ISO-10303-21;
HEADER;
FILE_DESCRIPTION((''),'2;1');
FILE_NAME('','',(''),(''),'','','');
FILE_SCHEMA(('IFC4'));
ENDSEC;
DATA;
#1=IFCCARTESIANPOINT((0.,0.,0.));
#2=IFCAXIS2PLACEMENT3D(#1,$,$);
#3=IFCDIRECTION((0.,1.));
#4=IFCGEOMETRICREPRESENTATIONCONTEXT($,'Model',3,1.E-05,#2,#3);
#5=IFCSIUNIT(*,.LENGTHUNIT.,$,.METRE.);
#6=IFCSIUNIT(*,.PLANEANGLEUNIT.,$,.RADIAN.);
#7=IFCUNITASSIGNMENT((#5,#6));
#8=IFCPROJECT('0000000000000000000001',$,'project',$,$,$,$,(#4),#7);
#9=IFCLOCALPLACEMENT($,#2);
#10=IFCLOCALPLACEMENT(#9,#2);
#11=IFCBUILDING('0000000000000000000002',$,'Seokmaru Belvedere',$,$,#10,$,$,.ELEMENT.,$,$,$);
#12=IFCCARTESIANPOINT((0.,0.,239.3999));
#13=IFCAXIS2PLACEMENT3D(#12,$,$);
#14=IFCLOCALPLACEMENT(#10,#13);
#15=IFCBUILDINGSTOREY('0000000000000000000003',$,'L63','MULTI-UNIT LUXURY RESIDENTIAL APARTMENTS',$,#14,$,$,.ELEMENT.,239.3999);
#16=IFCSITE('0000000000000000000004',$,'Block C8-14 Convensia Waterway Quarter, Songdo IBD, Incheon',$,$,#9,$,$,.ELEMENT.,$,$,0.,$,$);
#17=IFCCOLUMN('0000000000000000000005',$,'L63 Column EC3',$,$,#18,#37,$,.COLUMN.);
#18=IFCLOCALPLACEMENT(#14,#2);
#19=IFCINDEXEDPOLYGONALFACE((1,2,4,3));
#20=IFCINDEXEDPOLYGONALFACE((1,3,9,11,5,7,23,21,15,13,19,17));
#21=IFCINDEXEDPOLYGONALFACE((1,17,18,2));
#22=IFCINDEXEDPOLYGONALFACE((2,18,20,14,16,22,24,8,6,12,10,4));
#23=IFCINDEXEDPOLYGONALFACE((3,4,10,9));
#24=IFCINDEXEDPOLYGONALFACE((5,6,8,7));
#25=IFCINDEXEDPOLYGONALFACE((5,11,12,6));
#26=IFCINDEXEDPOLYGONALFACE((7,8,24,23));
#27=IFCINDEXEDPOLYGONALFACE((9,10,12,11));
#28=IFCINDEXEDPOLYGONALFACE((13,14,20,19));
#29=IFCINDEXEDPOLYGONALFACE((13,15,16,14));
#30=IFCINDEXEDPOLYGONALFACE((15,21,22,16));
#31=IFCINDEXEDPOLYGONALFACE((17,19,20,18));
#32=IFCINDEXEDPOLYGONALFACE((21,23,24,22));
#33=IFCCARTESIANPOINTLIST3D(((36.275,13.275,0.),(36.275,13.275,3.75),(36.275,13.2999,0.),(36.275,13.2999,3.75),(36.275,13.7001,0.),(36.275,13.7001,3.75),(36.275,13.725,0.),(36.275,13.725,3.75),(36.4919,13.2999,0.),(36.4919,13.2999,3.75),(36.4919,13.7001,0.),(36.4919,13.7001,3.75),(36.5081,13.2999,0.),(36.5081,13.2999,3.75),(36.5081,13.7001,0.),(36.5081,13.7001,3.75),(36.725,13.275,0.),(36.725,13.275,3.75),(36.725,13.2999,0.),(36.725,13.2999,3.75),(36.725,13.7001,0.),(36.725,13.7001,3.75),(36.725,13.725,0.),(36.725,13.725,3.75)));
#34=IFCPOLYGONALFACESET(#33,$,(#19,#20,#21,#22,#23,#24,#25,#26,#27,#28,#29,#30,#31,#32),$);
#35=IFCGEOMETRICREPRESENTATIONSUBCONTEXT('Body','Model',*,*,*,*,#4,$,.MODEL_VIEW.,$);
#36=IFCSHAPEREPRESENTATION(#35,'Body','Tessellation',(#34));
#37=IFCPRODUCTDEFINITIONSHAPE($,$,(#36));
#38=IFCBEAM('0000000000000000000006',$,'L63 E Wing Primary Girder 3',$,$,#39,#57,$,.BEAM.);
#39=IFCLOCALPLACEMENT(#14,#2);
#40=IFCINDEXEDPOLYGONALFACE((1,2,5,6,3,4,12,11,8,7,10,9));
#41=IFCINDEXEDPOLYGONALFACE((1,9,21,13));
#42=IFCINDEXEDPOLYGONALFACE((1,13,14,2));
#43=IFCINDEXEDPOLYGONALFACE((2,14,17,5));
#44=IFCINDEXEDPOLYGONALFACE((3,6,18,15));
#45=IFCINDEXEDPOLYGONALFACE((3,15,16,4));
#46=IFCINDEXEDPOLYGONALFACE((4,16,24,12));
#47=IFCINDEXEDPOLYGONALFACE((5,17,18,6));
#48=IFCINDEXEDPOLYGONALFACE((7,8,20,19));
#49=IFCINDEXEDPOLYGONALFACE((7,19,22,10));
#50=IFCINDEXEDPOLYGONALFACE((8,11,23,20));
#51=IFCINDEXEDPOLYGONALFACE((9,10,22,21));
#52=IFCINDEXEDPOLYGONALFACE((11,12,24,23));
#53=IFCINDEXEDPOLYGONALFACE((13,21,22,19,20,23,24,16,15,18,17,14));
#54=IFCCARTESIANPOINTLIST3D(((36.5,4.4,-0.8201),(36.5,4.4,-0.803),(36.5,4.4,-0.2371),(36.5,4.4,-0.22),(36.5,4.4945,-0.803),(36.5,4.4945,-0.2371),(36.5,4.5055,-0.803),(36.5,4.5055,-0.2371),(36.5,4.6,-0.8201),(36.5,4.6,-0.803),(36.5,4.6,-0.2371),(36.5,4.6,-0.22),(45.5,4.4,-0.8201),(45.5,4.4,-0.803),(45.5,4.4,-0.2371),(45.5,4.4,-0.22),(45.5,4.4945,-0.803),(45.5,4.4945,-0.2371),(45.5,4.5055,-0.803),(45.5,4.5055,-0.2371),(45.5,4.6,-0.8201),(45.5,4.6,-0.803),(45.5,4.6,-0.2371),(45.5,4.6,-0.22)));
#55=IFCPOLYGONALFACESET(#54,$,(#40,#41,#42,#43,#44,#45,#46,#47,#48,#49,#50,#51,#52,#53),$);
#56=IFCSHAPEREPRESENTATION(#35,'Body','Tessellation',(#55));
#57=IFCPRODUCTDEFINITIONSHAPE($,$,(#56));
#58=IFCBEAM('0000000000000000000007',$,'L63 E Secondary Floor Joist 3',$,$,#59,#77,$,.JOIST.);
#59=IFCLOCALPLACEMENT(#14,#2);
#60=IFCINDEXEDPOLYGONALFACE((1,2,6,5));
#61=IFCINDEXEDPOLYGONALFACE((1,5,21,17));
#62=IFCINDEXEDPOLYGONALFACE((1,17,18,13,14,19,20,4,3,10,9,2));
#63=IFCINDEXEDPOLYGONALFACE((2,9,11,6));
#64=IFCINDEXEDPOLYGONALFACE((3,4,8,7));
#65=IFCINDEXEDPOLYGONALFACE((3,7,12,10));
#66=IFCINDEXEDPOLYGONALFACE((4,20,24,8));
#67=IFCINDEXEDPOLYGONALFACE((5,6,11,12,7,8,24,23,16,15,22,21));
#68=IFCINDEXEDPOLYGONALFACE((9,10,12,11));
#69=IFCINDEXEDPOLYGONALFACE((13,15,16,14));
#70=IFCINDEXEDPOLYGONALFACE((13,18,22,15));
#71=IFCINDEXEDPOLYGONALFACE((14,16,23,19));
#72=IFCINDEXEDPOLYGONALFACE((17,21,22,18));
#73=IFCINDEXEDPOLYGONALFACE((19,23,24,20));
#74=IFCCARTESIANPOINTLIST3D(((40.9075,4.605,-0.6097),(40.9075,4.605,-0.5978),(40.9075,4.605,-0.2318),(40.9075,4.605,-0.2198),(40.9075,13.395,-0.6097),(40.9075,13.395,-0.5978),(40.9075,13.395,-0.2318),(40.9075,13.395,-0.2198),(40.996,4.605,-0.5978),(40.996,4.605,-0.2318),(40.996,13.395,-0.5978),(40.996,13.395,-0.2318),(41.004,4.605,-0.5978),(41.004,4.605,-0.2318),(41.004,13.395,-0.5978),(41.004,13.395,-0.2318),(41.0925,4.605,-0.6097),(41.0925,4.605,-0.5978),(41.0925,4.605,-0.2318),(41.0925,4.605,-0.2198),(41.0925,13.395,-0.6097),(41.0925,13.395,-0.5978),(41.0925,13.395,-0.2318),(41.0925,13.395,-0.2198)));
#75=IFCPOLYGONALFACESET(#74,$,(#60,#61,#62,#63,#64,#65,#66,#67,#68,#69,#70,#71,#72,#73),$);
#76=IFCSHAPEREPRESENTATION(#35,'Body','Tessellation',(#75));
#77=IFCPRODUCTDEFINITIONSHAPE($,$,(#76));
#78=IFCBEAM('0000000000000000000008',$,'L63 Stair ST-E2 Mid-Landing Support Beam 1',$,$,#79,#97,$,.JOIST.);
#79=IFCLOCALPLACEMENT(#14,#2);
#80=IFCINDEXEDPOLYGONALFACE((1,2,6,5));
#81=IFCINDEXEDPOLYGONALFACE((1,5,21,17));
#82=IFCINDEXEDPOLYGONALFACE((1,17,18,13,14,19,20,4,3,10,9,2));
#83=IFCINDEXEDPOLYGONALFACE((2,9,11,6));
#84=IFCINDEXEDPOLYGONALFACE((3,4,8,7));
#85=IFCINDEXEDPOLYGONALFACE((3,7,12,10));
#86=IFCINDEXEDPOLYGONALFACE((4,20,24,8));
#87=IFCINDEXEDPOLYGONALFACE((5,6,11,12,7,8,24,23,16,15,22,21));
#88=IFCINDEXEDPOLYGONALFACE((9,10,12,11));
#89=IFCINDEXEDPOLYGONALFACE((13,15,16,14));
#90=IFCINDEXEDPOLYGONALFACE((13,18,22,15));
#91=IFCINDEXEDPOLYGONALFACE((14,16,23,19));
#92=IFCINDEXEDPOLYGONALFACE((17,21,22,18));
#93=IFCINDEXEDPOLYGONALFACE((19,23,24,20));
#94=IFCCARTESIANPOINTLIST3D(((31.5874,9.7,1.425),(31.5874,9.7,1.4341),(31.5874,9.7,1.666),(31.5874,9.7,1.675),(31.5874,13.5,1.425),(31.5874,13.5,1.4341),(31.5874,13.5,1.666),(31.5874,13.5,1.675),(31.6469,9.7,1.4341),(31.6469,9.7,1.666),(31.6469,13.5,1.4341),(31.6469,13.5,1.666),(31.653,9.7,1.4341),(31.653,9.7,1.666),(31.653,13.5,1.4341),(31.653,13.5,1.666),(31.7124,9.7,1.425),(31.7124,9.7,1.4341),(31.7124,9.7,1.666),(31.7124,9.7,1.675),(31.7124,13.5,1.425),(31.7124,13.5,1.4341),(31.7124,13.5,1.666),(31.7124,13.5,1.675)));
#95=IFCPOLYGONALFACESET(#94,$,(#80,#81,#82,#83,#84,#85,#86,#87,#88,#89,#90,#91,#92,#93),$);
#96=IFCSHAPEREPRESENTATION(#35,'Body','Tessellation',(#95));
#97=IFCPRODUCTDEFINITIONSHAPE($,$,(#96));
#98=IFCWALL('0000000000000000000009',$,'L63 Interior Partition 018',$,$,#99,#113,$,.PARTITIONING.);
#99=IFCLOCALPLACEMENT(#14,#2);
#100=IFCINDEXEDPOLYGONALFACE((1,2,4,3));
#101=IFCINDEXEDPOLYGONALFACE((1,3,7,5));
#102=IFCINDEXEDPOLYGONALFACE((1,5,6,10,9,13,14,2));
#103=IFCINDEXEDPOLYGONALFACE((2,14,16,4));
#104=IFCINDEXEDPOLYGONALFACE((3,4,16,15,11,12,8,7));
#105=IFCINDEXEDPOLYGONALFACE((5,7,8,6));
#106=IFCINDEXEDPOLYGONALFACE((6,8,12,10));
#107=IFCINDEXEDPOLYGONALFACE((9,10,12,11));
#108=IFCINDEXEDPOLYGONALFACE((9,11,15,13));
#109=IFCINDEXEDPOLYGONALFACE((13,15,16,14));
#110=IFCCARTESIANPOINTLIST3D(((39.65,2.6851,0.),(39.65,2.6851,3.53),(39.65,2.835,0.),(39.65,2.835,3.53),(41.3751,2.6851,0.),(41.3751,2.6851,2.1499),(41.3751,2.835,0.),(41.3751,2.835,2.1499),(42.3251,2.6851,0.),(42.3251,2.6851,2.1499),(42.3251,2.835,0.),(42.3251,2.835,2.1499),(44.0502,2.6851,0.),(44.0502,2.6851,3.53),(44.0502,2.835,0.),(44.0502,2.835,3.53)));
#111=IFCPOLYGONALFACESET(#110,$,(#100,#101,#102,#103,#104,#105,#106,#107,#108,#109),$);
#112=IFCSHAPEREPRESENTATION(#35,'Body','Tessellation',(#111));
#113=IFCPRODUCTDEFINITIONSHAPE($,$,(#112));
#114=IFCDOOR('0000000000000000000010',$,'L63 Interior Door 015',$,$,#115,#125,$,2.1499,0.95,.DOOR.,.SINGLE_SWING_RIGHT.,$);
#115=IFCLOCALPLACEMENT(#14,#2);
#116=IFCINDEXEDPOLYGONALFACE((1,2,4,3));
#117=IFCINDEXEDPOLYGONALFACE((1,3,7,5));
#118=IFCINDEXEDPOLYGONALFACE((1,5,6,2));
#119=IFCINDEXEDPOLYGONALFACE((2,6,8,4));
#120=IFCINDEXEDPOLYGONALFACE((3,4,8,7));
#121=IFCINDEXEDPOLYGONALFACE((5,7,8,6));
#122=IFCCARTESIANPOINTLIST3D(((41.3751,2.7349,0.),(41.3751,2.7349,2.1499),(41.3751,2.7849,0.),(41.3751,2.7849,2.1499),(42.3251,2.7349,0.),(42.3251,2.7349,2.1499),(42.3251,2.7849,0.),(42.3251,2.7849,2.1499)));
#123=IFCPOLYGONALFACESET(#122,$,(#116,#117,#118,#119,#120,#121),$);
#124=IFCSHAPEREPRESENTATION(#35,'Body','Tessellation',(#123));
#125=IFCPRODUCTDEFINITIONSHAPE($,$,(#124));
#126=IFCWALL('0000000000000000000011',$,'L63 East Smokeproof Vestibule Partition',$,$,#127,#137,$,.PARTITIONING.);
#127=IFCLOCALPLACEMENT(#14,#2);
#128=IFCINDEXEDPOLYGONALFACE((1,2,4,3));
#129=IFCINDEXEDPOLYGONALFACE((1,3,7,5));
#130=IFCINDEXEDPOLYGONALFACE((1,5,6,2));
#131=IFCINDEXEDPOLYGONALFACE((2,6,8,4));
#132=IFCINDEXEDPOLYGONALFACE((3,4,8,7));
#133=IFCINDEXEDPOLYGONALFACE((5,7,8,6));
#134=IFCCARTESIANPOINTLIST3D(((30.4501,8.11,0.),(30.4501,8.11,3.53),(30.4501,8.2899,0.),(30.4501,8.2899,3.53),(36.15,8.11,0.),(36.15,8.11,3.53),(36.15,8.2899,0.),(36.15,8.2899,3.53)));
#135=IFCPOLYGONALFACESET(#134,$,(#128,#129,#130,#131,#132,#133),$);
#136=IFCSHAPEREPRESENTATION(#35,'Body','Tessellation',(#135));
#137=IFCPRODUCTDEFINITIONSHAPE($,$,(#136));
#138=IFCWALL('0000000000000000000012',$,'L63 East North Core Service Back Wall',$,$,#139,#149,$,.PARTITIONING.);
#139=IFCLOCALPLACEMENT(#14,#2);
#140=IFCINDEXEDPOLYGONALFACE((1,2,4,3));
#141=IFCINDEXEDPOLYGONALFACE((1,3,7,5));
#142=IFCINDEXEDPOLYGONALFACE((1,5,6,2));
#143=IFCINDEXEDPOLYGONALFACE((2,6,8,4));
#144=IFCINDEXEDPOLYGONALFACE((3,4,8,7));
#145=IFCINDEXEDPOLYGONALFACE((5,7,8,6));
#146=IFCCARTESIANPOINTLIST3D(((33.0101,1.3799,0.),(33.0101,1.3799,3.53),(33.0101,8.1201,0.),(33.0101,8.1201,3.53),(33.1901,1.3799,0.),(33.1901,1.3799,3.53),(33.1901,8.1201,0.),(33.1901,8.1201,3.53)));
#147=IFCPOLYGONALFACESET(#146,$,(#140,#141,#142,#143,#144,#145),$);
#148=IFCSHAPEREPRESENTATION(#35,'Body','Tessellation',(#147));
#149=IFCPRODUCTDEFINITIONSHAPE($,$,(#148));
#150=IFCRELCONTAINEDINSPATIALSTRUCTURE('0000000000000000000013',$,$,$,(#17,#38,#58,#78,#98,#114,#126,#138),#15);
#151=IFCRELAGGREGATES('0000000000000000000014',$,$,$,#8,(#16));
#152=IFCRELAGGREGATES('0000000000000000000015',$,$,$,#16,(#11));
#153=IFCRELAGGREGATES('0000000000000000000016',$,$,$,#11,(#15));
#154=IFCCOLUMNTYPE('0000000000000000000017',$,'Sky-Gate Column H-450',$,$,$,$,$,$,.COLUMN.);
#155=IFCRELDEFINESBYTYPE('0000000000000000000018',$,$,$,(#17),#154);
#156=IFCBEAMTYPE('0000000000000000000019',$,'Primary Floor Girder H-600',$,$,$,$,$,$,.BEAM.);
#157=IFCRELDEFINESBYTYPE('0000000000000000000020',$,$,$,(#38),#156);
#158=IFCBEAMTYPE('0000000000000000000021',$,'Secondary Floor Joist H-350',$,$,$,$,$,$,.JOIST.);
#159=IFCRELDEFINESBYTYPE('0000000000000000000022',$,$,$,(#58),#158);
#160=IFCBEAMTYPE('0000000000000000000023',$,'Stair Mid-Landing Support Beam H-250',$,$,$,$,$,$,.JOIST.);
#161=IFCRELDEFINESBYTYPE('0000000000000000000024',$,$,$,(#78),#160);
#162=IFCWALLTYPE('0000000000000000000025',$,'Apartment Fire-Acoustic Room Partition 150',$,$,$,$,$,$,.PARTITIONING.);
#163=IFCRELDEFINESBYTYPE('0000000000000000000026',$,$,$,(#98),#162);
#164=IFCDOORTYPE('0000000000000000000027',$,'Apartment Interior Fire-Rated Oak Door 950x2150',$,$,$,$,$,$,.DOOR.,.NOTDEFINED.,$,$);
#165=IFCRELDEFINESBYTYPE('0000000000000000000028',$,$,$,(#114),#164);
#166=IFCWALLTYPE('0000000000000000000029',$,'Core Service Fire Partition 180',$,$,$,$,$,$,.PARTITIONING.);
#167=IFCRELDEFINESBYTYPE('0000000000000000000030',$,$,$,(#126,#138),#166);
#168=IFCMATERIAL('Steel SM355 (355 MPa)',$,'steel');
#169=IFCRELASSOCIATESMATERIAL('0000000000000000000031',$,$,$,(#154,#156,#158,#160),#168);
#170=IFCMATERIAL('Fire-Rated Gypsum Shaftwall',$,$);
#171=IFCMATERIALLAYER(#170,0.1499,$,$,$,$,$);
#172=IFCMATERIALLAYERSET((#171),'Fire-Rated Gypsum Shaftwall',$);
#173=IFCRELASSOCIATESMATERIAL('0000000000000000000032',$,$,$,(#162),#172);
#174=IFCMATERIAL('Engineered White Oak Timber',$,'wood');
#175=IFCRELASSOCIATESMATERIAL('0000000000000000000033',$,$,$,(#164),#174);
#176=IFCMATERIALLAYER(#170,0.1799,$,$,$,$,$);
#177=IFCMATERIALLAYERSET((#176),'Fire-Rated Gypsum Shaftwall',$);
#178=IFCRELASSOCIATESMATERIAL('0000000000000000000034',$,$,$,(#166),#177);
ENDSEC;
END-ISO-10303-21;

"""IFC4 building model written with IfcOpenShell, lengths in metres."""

from ifc_helpers import new_model, si_unit, direction, frame, frame_2d, origin, origin_2d, place, context, subcontext, project, spatial, rectangle, i_section, extrude, source, transform, mapped, material, layer, layer_set, material_profile, profile_set, type_object, type_shapes, element, fill, save


model = new_model("IFC4")

# Units and contexts
model_context = context("Model", 3, precision=1e-05, world=origin(), true_north=direction((0.0, 1.0)))
body_context = subcontext(model_context, "Body", "Model", "MODEL_VIEW")
ifc_project = project(units=[si_unit("LENGTHUNIT", "METRE"), si_unit("PLANEANGLEUNIT", "RADIAN")], contexts=[model_context])

# Site, building, storey
site_placement = place(None, origin())
site = spatial("IfcSite", under=ifc_project, at=site_placement, Name="Block C8-14 Convensia Waterway Quarter, Songdo IBD, Incheon", CompositionType="ELEMENT", RefElevation=0.0)
building_placement = place(site_placement, origin())
building = spatial("IfcBuilding", under=site, at=building_placement, Name="Seokmaru Belvedere", CompositionType="ELEMENT")
storey_placement = place(building_placement, frame((0.0, 0.0, 239.3999)))
storey = spatial("IfcBuildingStorey", under=building, at=storey_placement, Name="L63", Description="MULTI-UNIT LUXURY RESIDENTIAL APARTMENTS", CompositionType="ELEMENT", Elevation=239.3999)

# Column
ifc_material_1 = material(Name="Steel SM355 (355 MPa)", Category="steel")
ifc_material_profile_1 = material_profile(ifc_material_1, i_section(OverallWidth=0.45, OverallDepth=0.45, WebThickness=0.0161, FlangeThickness=0.0249, at=origin_2d()), Name="H-450x450x16x25")
ifc_profile_set_1 = profile_set([ifc_material_profile_1], Name="Steel SM355 (355 MPa)")
column_type = type_object("IfcColumnType", Name="Sky-Gate Column H-450", PredefinedType="COLUMN", material=ifc_profile_set_1)
shared_shape_1 = source(origin(), body_context, "Body", "SweptSolid", [
    extrude(i_section(OverallWidth=0.45, OverallDepth=0.45, WebThickness=0.0161, FlangeThickness=0.0249, at=origin_2d()), origin(), (0.0, 0.0, 1.0), 3.75),
])
type_shapes(column_type, [shared_shape_1])
column_placement = place(storey_placement, frame((36.5, 13.5, 0.0), z_axis=(0.0, 0.0, 1.0), x_axis=(1.0, 0.0, 0.0)))
element("IfcColumn", 1, at=column_placement, inside=storey, type_object=column_type, Name="L63 Column EC3", PredefinedType="COLUMN", context=body_context, shape_type="MappedRepresentation", body=[
    mapped(shared_shape_1, transform((0.0, 0.0, 0.0), scale=1.0)),
])

# Beams
ifc_material_profile_2 = material_profile(ifc_material_1, i_section(OverallWidth=0.2, OverallDepth=0.6001, WebThickness=0.011, FlangeThickness=0.0171, at=origin_2d()), Name="H-600x200x11x17")
ifc_profile_set_2 = profile_set([ifc_material_profile_2], Name="Steel SM355 (355 MPa)")
beam_type_1 = type_object("IfcBeamType", Name="Primary Floor Girder H-600", PredefinedType="BEAM", material=ifc_profile_set_2)
shared_shape_2 = source(origin(), body_context, "Body", "SweptSolid", [
    extrude(i_section(OverallWidth=0.2, OverallDepth=0.6001, WebThickness=0.011, FlangeThickness=0.0171, at=origin_2d()), origin(), (0.0, 0.0, 1.0), 9.0),
])
type_shapes(beam_type_1, [shared_shape_2])
beam_1_placement = place(storey_placement, frame((36.5, 4.5, -0.52), z_axis=(1.0, 0.0, 0.0), x_axis=(0.0, 1.0, 0.0)))
element("IfcBeam", 2, at=beam_1_placement, inside=storey, type_object=beam_type_1, Name="L63 E Wing Primary Girder 3", PredefinedType="BEAM", context=body_context, shape_type="MappedRepresentation", body=[
    mapped(shared_shape_2, transform((0.0, 0.0, 0.0), scale=1.0)),
])
ifc_material_profile_3 = material_profile(ifc_material_1, i_section(OverallWidth=0.1851, OverallDepth=0.3899, WebThickness=0.0081, FlangeThickness=0.012, at=origin_2d()), Name="H-390x185x8x12")
ifc_profile_set_3 = profile_set([ifc_material_profile_3], Name="Steel SM355 (355 MPa)")
beam_type_2 = type_object("IfcBeamType", Name="Secondary Floor Joist H-350", PredefinedType="JOIST", material=ifc_profile_set_3)
shared_shape_3 = source(origin(), body_context, "Body", "SweptSolid", [
    extrude(i_section(OverallWidth=0.1851, OverallDepth=0.3899, WebThickness=0.0081, FlangeThickness=0.012, at=origin_2d()), origin(), (0.0, 0.0, 1.0), 8.79),
])
type_shapes(beam_type_2, [shared_shape_3])
beam_2_placement = place(storey_placement, frame((41.0, 4.605, -0.4148), z_axis=(0.0, 1.0, 0.0), x_axis=(-1.0, 0.0, 0.0)))
element("IfcBeam", 3, at=beam_2_placement, inside=storey, type_object=beam_type_2, Name="L63 E Secondary Floor Joist 3", PredefinedType="JOIST", context=body_context, shape_type="MappedRepresentation", body=[
    mapped(shared_shape_3, transform((0.0, 0.0, 0.0), scale=1.0)),
])
ifc_material_profile_4 = material_profile(ifc_material_1, i_section(OverallWidth=0.125, OverallDepth=0.25, WebThickness=0.0061, FlangeThickness=0.009, at=origin_2d()), Name="H-250x125x6x9")
ifc_profile_set_4 = profile_set([ifc_material_profile_4], Name="Steel SM355 (355 MPa)")
beam_type_3 = type_object("IfcBeamType", Name="Stair Mid-Landing Support Beam H-250", PredefinedType="JOIST", material=ifc_profile_set_4)
shared_shape_4 = source(origin(), body_context, "Body", "SweptSolid", [
    extrude(i_section(OverallWidth=0.125, OverallDepth=0.25, WebThickness=0.0061, FlangeThickness=0.009, at=origin_2d()), origin(), (0.0, 0.0, 1.0), 3.8),
])
type_shapes(beam_type_3, [shared_shape_4])
beam_3_placement = place(storey_placement, frame((31.6499, 9.7, 1.55), z_axis=(0.0, 1.0, 0.0), x_axis=(-1.0, 0.0, 0.0)))
element("IfcBeam", 4, at=beam_3_placement, inside=storey, type_object=beam_type_3, Name="L63 Stair ST-E2 Mid-Landing Support Beam 1", PredefinedType="JOIST", context=body_context, shape_type="MappedRepresentation", body=[
    mapped(shared_shape_4, transform((0.0, 0.0, 0.0), scale=1.0)),
])

# Wall, opening, door
ifc_material_2 = material(Name="Fire-Rated Gypsum Shaftwall")
ifc_layer_1 = layer(ifc_material_2, 0.1499)
ifc_layer_set_1 = layer_set([ifc_layer_1], Name="Fire-Rated Gypsum Shaftwall")
wall_type_1 = type_object("IfcWallType", Name="Apartment Fire-Acoustic Room Partition 150", PredefinedType="PARTITIONING", material=ifc_layer_set_1)
wall_1_placement = place(storey_placement, frame((39.6499, 2.76, 0.0), z_axis=(0.0, 0.0, 1.0), x_axis=(1.0, 0.0, 0.0)))
wall_1 = element("IfcWall", 5, at=wall_1_placement, inside=storey, type_object=wall_type_1, Name="L63 Interior Partition 018", PredefinedType="PARTITIONING", context=body_context, shape_type="SweptSolid", body=[
    extrude(rectangle(XDim=4.4001, YDim=0.1499, at=frame_2d((2.2002, 0.0))), origin(), (0.0, 0.0, 1.0), 3.53),
])
opening_1_placement = place(wall_1_placement, frame((1.7251, 0.0, 0.0)))
opening_1 = element("IfcOpeningElement", 6, at=opening_1_placement, cuts=wall_1, PredefinedType="OPENING", context=body_context, shape_type="SweptSolid", body=[
    extrude(rectangle(XDim=0.95, YDim=2.1499, at=frame_2d((0.4751, 1.075))), frame((0.0, 0.085, 0.0), z_axis=(0.0, -1.0, 0.0), x_axis=(1.0, 0.0, 0.0)), (0.0, 0.0, 1.0), 0.1699),
])
ifc_material_3 = material(Name="Engineered White Oak Timber", Category="wood")
door_type_1 = type_object("IfcDoorType", Name="Apartment Interior Fire-Rated Oak Door 950x2150", OperationType="NOTDEFINED", PredefinedType="DOOR", material=ifc_material_3)
shared_shape_5 = source(origin(), body_context, "Body", "SweptSolid", [
    extrude(rectangle(XDim=0.95, YDim=2.1499, at=frame_2d((0.4751, 1.075))), frame((0.0, 0.0249, 0.0), z_axis=(0.0, -1.0, 0.0), x_axis=(1.0, 0.0, 0.0)), (0.0, 0.0, 1.0), 0.05),
])
type_shapes(door_type_1, [shared_shape_5])
door_1_placement = place(opening_1_placement, origin())
door_1 = element("IfcDoor", 7, at=door_1_placement, inside=storey, type_object=door_type_1, Name="L63 Interior Door 015", OperationType="SINGLE_SWING_RIGHT", OverallHeight=2.1499, OverallWidth=0.95, PredefinedType="DOOR", context=body_context, shape_type="MappedRepresentation", body=[
    mapped(shared_shape_5, transform((0.0, 0.0, 0.0), scale=1.0)),
])
fill(opening_1, door_1)

# Walls
ifc_layer_2 = layer(ifc_material_2, 0.1799)
ifc_layer_set_2 = layer_set([ifc_layer_2], Name="Fire-Rated Gypsum Shaftwall")
wall_type_2 = type_object("IfcWallType", Name="Core Service Fire Partition 180", PredefinedType="PARTITIONING", material=ifc_layer_set_2)
wall_2_placement = place(storey_placement, frame((30.45, 8.2, 0.0), z_axis=(0.0, 0.0, 1.0), x_axis=(1.0, 0.0, 0.0)))
element("IfcWall", 8, at=wall_2_placement, inside=storey, type_object=wall_type_2, Name="L63 East Smokeproof Vestibule Partition", PredefinedType="PARTITIONING", context=body_context, shape_type="SweptSolid", body=[
    extrude(rectangle(XDim=5.7, YDim=0.1799, at=frame_2d((2.8501, 0.0))), origin(), (0.0, 0.0, 1.0), 3.53),
])
wall_3_placement = place(storey_placement, frame((33.1001, 1.3799, 0.0), z_axis=(0.0, 0.0, 1.0), x_axis=(0.0, 1.0, 0.0)))
element("IfcWall", 9, at=wall_3_placement, inside=storey, type_object=wall_type_2, Name="L63 East North Core Service Back Wall", PredefinedType="PARTITIONING", context=body_context, shape_type="SweptSolid", body=[
    extrude(rectangle(XDim=6.7402, YDim=0.1799, at=frame_2d((3.3701, 0.0))), origin(), (0.0, 0.0, 1.0), 3.53),
])

save(model, "model.ifc")
